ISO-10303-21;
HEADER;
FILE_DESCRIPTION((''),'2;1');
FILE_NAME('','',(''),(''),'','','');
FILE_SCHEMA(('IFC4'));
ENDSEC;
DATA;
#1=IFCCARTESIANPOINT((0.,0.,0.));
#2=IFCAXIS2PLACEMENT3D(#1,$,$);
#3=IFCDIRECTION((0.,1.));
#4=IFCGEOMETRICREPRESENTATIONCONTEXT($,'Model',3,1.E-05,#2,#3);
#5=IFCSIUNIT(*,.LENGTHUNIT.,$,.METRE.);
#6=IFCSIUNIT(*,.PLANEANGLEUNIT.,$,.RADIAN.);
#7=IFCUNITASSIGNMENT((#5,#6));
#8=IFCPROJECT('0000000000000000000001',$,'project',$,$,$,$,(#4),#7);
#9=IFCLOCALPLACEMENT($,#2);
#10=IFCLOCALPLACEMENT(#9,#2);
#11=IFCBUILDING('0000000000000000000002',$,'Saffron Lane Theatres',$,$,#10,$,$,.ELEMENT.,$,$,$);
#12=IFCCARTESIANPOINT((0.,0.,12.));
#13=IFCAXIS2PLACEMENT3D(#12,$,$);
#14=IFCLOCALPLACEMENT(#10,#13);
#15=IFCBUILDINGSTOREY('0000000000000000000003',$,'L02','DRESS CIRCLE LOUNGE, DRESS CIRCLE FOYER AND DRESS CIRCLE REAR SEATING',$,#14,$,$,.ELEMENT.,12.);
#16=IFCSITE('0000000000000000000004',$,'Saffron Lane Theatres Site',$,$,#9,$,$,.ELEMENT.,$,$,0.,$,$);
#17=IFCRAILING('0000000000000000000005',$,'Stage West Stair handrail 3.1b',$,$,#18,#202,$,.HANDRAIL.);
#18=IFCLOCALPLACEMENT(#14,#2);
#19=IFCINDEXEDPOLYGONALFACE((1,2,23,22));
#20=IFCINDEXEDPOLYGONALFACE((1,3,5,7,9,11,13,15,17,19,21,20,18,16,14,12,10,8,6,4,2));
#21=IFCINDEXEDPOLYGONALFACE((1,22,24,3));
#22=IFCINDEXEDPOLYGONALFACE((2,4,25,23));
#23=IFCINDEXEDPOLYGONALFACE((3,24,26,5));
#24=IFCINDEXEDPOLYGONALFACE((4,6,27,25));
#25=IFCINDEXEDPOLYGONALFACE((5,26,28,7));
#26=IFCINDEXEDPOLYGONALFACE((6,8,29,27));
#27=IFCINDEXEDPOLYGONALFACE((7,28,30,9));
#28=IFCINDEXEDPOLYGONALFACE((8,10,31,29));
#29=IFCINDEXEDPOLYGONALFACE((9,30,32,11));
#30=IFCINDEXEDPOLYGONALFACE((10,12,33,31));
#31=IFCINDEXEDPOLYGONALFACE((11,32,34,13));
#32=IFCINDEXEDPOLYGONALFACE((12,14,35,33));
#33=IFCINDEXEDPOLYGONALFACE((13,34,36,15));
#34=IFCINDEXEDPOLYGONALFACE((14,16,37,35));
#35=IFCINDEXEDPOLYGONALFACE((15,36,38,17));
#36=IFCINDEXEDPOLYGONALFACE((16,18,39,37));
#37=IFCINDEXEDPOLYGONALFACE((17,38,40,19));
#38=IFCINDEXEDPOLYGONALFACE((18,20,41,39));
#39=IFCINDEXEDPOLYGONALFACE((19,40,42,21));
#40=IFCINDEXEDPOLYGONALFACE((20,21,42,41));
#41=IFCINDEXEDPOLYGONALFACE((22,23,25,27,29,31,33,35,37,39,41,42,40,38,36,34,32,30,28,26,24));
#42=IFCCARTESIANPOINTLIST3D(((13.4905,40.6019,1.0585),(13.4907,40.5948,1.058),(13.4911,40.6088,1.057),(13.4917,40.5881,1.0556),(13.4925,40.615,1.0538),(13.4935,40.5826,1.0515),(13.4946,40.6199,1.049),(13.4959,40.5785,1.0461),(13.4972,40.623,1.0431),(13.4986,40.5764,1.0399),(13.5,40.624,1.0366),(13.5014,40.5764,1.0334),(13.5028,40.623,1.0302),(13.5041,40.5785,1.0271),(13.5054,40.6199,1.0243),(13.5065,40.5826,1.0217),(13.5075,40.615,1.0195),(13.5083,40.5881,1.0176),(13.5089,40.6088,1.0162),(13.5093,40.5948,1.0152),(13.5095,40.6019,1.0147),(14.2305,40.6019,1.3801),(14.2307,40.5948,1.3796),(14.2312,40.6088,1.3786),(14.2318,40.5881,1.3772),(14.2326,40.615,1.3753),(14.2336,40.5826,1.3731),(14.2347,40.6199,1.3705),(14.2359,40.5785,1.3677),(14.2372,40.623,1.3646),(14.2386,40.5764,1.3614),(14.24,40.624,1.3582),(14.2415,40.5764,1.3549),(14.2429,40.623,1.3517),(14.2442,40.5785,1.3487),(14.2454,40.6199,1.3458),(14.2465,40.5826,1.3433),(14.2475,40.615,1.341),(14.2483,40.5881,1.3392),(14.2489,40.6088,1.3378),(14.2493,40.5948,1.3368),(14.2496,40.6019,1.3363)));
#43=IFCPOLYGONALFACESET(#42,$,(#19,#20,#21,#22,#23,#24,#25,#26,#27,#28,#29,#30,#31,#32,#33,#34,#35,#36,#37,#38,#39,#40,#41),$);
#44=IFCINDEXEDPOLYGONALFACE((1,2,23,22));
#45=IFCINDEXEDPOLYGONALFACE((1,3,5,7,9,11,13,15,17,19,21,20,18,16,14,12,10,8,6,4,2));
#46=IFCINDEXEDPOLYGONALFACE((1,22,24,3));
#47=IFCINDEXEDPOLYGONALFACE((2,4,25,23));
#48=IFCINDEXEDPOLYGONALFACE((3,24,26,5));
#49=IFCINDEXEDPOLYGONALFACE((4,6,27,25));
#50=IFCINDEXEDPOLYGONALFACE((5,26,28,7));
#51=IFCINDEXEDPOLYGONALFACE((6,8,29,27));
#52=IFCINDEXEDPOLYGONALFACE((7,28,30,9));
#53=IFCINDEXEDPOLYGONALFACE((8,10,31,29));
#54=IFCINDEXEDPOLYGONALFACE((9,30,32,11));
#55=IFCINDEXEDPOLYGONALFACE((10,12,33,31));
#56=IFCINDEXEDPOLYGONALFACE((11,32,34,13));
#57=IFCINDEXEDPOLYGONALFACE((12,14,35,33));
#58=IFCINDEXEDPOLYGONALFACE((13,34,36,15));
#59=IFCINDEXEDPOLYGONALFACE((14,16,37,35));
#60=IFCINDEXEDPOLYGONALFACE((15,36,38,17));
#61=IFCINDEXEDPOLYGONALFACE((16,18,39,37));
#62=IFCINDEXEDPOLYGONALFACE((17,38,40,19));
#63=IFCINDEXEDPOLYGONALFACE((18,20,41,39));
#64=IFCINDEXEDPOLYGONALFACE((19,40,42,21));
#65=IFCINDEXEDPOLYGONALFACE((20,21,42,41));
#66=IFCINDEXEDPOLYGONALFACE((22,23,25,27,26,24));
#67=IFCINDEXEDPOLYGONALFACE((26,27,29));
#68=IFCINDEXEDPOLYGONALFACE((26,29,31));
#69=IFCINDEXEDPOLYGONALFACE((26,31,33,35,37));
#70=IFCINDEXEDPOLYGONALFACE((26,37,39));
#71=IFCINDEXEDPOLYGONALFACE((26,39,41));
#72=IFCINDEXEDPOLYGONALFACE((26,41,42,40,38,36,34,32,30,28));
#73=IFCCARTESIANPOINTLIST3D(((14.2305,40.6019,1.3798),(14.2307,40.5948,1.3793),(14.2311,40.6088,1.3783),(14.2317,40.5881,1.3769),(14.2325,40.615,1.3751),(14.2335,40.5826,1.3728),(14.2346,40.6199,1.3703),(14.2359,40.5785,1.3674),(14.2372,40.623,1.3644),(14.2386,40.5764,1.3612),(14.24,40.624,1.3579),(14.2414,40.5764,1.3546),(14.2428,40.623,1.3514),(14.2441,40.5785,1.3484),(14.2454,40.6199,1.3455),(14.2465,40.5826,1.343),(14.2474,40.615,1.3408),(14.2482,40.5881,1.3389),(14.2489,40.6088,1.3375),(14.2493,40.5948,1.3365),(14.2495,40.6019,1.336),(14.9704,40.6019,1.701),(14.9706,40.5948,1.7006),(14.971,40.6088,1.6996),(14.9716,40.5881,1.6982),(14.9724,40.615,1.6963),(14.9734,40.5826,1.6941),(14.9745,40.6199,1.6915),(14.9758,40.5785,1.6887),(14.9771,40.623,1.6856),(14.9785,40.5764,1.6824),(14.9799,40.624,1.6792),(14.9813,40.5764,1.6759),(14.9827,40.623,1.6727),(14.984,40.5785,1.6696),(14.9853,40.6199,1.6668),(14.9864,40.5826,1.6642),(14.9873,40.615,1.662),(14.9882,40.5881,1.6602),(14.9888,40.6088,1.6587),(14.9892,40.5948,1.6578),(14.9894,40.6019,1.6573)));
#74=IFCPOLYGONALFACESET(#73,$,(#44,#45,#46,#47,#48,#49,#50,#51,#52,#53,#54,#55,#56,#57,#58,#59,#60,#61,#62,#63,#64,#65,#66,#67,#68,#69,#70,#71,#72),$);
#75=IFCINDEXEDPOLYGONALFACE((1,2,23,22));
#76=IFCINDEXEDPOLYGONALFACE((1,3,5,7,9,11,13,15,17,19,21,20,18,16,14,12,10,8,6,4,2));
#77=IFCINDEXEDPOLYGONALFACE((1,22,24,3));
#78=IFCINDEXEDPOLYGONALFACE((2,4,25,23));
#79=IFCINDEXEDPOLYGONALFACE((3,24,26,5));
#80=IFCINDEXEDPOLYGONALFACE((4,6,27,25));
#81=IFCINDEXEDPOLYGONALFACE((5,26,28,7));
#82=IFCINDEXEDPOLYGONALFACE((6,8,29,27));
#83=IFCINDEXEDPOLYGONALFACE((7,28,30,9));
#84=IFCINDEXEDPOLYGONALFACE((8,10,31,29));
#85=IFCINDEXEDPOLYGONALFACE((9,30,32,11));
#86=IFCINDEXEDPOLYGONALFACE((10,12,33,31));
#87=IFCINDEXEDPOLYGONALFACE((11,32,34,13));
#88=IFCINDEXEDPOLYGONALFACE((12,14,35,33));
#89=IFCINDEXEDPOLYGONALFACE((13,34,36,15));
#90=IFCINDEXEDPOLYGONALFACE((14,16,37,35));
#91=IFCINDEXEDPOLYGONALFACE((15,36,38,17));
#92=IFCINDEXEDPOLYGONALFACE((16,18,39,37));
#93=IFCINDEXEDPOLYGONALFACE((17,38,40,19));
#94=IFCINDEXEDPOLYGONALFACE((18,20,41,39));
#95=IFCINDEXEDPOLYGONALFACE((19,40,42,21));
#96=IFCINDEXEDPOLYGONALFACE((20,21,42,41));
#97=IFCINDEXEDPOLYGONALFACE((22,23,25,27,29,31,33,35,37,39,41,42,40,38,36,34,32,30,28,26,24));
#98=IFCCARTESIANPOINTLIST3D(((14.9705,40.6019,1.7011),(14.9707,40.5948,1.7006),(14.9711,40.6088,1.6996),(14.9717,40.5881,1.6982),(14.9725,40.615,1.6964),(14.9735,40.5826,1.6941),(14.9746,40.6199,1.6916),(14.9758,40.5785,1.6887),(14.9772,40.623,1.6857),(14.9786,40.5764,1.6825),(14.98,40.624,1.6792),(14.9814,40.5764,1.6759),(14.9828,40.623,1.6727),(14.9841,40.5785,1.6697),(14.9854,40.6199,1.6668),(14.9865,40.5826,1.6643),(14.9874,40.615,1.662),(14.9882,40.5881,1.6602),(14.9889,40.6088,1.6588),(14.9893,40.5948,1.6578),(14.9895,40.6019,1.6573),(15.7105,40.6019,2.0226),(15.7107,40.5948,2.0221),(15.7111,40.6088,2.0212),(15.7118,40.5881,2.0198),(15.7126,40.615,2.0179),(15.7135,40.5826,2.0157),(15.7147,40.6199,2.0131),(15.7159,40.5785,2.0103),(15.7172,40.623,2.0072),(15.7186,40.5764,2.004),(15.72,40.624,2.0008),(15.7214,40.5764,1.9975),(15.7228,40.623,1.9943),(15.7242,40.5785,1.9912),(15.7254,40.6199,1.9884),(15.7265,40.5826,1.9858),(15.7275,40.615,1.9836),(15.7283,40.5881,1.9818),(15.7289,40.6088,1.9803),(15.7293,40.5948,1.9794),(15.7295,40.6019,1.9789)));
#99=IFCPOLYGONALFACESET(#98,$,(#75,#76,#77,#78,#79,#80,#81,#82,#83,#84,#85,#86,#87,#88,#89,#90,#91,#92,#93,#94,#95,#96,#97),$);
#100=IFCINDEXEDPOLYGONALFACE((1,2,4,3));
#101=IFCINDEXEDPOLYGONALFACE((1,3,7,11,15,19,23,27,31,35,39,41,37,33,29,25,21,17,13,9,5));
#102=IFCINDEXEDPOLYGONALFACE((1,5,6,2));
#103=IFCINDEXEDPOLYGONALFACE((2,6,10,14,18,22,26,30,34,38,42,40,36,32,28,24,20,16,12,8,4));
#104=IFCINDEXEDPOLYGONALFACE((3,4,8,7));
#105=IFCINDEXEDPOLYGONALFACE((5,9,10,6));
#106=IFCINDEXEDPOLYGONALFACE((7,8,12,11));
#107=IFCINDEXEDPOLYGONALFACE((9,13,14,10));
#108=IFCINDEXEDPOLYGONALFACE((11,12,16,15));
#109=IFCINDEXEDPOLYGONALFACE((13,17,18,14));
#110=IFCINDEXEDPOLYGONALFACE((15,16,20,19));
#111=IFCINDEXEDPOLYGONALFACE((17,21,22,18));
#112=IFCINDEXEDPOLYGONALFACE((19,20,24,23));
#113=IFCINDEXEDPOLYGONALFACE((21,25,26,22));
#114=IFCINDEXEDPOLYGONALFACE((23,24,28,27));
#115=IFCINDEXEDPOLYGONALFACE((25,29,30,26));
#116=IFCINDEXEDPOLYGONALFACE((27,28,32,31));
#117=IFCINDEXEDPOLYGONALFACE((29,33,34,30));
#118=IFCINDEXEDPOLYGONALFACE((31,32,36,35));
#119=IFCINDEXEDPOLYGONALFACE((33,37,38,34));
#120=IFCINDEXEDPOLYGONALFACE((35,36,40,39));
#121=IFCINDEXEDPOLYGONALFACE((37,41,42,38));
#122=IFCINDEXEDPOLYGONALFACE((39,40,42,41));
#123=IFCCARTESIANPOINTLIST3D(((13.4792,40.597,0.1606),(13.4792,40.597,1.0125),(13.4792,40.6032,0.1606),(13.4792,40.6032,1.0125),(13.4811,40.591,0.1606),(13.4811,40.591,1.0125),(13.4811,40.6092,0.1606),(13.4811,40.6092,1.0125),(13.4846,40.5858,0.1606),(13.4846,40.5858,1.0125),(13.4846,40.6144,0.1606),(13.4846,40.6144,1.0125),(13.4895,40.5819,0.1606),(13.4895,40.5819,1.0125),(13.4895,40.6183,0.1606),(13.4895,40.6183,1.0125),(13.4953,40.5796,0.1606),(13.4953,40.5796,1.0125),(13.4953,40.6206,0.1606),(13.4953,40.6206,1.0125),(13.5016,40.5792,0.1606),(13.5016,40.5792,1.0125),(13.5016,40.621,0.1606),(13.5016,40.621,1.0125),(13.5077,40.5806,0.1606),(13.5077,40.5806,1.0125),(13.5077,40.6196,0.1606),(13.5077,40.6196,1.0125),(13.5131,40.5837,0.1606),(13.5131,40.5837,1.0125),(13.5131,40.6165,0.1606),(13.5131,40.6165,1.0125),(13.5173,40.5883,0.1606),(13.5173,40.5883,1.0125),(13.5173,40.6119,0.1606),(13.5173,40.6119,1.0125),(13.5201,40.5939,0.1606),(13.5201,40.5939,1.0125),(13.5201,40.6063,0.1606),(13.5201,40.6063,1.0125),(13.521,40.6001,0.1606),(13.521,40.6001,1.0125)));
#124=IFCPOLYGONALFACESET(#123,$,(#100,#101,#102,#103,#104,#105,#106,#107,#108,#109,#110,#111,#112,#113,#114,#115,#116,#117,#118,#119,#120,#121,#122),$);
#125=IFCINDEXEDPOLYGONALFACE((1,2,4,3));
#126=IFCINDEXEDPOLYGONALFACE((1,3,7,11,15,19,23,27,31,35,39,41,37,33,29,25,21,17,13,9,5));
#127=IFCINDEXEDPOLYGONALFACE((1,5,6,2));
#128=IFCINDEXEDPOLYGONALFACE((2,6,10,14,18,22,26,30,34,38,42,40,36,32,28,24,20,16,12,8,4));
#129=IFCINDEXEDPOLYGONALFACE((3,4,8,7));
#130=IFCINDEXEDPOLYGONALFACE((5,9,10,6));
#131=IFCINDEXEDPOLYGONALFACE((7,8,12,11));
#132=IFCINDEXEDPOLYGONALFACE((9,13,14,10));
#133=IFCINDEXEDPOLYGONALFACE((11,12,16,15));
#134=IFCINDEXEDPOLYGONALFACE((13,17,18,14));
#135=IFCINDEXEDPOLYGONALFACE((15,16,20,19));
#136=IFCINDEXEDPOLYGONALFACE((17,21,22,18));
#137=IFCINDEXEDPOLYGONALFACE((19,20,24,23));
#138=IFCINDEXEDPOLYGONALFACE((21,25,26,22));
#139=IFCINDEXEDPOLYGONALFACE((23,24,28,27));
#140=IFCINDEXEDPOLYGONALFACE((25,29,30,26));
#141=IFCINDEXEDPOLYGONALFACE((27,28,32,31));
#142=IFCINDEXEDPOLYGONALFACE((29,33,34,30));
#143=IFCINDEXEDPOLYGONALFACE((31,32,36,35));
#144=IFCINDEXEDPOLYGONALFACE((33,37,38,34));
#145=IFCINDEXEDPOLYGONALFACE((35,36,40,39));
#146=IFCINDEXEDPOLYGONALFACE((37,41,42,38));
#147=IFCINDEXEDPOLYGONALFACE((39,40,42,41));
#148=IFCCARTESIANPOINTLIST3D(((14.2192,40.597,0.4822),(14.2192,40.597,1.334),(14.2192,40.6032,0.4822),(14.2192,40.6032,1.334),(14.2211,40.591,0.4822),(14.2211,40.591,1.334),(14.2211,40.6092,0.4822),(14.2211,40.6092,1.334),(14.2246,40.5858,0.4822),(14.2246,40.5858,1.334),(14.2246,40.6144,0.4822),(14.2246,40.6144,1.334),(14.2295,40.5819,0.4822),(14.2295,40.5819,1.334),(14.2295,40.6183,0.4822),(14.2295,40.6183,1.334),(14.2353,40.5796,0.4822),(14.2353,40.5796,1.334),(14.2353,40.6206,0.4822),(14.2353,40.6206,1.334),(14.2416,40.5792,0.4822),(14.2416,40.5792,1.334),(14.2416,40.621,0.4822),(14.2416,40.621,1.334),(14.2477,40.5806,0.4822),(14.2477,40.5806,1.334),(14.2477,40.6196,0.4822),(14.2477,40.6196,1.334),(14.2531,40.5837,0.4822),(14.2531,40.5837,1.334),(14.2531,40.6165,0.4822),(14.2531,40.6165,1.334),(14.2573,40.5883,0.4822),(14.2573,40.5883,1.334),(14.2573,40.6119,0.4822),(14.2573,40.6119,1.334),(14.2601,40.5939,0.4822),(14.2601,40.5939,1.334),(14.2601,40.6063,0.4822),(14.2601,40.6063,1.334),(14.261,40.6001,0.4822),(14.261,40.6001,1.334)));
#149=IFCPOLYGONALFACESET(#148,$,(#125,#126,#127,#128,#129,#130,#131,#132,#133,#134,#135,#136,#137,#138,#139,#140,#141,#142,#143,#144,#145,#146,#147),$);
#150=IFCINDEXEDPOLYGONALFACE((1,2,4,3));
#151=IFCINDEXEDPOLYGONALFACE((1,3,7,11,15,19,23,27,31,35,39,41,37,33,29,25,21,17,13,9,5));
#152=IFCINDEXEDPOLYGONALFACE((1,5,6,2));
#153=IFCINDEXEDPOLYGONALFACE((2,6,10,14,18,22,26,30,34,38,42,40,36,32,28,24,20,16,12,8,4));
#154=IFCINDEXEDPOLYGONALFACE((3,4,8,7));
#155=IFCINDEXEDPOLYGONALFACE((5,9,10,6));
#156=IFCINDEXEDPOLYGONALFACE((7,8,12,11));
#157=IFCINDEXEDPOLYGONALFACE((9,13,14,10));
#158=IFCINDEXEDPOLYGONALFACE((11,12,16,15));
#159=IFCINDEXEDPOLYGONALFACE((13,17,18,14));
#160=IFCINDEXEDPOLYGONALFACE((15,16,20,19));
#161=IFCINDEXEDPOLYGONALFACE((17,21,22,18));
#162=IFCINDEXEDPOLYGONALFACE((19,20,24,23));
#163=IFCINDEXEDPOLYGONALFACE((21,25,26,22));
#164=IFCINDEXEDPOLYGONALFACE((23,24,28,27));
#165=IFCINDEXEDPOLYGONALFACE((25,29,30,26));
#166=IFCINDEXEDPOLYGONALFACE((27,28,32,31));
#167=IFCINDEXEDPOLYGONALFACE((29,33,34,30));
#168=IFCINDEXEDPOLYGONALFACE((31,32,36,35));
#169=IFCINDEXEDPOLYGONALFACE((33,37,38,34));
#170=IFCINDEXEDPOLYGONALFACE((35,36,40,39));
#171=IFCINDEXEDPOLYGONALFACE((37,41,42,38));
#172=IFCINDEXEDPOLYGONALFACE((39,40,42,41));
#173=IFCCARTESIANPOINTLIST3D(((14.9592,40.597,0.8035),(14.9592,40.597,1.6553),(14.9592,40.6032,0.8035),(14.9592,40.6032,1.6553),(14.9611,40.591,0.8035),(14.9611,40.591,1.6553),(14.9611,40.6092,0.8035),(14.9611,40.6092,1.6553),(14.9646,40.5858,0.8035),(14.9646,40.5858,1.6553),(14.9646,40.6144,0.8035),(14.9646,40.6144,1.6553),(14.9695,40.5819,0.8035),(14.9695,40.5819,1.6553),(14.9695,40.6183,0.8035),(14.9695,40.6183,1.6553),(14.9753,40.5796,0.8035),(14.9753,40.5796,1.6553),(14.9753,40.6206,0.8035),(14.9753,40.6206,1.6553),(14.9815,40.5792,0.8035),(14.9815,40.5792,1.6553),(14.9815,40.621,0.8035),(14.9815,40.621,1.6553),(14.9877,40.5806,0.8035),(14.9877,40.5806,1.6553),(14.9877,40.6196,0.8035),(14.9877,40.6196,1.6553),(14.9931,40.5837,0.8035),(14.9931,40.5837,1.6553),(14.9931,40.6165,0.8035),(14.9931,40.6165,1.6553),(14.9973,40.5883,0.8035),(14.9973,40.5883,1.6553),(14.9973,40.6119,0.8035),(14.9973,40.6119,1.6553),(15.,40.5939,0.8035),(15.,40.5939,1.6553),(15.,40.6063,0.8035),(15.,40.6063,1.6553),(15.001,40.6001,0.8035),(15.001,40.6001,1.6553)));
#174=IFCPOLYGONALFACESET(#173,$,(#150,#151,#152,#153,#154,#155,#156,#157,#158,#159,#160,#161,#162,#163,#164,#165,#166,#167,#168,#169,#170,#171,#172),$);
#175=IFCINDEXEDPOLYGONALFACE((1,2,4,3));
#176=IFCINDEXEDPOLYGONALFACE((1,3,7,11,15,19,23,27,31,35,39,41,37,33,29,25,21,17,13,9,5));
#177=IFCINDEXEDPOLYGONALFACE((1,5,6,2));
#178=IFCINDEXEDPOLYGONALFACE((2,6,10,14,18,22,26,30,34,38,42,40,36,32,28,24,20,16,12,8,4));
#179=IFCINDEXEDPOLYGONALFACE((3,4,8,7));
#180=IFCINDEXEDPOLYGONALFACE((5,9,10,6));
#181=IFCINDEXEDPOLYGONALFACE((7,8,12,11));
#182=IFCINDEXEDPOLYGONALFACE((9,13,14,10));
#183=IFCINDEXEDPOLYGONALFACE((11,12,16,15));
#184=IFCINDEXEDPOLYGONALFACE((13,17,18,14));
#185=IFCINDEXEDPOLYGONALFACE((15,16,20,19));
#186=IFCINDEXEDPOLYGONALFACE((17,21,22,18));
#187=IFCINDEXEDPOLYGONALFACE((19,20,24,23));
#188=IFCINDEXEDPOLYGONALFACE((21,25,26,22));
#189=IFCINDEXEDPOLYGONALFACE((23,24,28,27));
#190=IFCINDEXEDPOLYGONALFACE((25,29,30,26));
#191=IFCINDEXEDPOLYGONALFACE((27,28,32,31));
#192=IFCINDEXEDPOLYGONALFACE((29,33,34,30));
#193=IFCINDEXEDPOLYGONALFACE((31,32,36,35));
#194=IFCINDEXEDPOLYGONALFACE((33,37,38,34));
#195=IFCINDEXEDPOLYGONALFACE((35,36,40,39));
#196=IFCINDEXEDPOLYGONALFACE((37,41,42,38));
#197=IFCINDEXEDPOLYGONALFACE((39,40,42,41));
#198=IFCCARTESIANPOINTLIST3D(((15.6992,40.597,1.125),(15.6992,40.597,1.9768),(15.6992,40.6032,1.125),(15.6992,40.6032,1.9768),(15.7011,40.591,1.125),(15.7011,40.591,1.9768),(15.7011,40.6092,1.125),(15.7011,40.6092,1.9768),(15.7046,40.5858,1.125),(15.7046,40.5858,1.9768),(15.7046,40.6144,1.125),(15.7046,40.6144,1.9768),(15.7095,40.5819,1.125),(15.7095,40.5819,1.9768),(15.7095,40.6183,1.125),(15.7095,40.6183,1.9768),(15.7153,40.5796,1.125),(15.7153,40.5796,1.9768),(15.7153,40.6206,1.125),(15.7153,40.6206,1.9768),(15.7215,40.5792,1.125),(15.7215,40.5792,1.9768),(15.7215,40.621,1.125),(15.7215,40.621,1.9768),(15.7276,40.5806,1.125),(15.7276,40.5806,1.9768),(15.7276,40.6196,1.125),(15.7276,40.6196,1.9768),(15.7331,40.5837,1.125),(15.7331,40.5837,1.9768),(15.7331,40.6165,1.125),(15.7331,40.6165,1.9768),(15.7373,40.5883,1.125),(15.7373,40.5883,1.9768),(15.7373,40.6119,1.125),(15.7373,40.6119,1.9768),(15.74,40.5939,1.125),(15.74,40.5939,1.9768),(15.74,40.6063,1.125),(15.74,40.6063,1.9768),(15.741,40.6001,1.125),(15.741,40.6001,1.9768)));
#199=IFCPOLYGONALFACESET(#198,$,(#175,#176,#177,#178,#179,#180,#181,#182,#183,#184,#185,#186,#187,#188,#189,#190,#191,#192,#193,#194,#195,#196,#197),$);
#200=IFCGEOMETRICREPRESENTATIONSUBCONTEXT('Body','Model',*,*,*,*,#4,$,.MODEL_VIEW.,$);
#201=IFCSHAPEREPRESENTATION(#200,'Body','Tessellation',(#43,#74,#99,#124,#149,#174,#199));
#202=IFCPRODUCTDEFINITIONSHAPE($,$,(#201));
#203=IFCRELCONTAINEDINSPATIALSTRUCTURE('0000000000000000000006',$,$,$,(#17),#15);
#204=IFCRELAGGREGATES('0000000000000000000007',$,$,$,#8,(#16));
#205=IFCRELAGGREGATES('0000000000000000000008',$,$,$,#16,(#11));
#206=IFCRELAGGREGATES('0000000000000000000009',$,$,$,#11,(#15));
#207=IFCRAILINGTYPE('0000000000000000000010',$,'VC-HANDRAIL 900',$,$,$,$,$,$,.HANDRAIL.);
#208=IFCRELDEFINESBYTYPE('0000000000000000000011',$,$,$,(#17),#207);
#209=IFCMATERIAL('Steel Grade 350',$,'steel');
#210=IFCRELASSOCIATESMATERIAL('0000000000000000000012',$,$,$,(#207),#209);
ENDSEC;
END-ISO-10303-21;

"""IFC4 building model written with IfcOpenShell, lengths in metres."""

from ifc_helpers import new_model, si_unit, direction, frame, origin, origin_2d, place, context, subcontext, project, spatial, circle, extrude, material, type_object, element, save


model = new_model("IFC4")

# Units and contexts
model_context = context("Model", 3, precision=1e-05, world=origin(), true_north=direction((0.0, 1.0)))
body_context = subcontext(model_context, "Body", "Model", "MODEL_VIEW")
ifc_project = project(units=[si_unit("LENGTHUNIT", "METRE"), si_unit("PLANEANGLEUNIT", "RADIAN")], contexts=[model_context])

# Site, building, storey
site_placement = place(None, origin())
site = spatial("IfcSite", under=ifc_project, at=site_placement, Name="Saffron Lane Theatres Site", CompositionType="ELEMENT", RefElevation=0.0)
building_placement = place(site_placement, origin())
building = spatial("IfcBuilding", under=site, at=building_placement, Name="Saffron Lane Theatres", CompositionType="ELEMENT")
storey_placement = place(building_placement, frame((0.0, 0.0, 12.0)))
storey = spatial("IfcBuildingStorey", under=building, at=storey_placement, Name="L02", Description="DRESS CIRCLE LOUNGE, DRESS CIRCLE FOYER AND DRESS CIRCLE REAR SEATING", CompositionType="ELEMENT", Elevation=12.0)

# Railing
ifc_material_1 = material(Name="Steel Grade 350", Category="steel")
railing_type_1 = type_object("IfcRailingType", Name="VC-HANDRAIL 900", PredefinedType="HANDRAIL", material=ifc_material_1)
for number, where, name in (
    (1, (13.5, 40.6001, 0.1606), "Stage West Stair handrail 3.1b"),
):
    element("IfcRailing", number, at=place(storey_placement, frame(where)), inside=storey, type_object=railing_type_1, Name=name, PredefinedType="HANDRAIL", context=body_context, shape_type="SweptSolid", body=[
        extrude(circle(Radius=0.0239, at=origin_2d()), frame((0.0, 0.0, 0.876), z_axis=(0.917161, 0.0, 0.398516), x_axis=(0.0, 1.0, 0.0)), (0.0, 0.0, 1.0), 0.8069),
        extrude(circle(Radius=0.0239, at=origin_2d()), frame((0.74, 0.0, 1.1973), z_axis=(0.917272, 0.0, 0.398261), x_axis=(0.0, 1.0, 0.0)), (0.0, 0.0, 1.0), 0.8066),
        extrude(circle(Radius=0.0239, at=origin_2d()), frame((1.48, 0.0, 1.5186), z_axis=(0.917161, 0.0, 0.398516), x_axis=(0.0, 1.0, 0.0)), (0.0, 0.0, 1.0), 0.8069),
        extrude(circle(Radius=0.021, at=origin_2d()), origin(), (0.0, 0.0, 1.0), 0.8518),
        extrude(circle(Radius=0.021, at=origin_2d()), frame((0.74, 0.0, 0.3215)), (0.0, 0.0, 1.0), 0.8518),
        extrude(circle(Radius=0.021, at=origin_2d()), frame((1.48, 0.0, 0.6428)), (0.0, 0.0, 1.0), 0.8518),
        extrude(circle(Radius=0.021, at=origin_2d()), frame((2.22, 0.0, 0.9644)), (0.0, 0.0, 1.0), 0.8518),
    ])

save(model, "model.ifc")
